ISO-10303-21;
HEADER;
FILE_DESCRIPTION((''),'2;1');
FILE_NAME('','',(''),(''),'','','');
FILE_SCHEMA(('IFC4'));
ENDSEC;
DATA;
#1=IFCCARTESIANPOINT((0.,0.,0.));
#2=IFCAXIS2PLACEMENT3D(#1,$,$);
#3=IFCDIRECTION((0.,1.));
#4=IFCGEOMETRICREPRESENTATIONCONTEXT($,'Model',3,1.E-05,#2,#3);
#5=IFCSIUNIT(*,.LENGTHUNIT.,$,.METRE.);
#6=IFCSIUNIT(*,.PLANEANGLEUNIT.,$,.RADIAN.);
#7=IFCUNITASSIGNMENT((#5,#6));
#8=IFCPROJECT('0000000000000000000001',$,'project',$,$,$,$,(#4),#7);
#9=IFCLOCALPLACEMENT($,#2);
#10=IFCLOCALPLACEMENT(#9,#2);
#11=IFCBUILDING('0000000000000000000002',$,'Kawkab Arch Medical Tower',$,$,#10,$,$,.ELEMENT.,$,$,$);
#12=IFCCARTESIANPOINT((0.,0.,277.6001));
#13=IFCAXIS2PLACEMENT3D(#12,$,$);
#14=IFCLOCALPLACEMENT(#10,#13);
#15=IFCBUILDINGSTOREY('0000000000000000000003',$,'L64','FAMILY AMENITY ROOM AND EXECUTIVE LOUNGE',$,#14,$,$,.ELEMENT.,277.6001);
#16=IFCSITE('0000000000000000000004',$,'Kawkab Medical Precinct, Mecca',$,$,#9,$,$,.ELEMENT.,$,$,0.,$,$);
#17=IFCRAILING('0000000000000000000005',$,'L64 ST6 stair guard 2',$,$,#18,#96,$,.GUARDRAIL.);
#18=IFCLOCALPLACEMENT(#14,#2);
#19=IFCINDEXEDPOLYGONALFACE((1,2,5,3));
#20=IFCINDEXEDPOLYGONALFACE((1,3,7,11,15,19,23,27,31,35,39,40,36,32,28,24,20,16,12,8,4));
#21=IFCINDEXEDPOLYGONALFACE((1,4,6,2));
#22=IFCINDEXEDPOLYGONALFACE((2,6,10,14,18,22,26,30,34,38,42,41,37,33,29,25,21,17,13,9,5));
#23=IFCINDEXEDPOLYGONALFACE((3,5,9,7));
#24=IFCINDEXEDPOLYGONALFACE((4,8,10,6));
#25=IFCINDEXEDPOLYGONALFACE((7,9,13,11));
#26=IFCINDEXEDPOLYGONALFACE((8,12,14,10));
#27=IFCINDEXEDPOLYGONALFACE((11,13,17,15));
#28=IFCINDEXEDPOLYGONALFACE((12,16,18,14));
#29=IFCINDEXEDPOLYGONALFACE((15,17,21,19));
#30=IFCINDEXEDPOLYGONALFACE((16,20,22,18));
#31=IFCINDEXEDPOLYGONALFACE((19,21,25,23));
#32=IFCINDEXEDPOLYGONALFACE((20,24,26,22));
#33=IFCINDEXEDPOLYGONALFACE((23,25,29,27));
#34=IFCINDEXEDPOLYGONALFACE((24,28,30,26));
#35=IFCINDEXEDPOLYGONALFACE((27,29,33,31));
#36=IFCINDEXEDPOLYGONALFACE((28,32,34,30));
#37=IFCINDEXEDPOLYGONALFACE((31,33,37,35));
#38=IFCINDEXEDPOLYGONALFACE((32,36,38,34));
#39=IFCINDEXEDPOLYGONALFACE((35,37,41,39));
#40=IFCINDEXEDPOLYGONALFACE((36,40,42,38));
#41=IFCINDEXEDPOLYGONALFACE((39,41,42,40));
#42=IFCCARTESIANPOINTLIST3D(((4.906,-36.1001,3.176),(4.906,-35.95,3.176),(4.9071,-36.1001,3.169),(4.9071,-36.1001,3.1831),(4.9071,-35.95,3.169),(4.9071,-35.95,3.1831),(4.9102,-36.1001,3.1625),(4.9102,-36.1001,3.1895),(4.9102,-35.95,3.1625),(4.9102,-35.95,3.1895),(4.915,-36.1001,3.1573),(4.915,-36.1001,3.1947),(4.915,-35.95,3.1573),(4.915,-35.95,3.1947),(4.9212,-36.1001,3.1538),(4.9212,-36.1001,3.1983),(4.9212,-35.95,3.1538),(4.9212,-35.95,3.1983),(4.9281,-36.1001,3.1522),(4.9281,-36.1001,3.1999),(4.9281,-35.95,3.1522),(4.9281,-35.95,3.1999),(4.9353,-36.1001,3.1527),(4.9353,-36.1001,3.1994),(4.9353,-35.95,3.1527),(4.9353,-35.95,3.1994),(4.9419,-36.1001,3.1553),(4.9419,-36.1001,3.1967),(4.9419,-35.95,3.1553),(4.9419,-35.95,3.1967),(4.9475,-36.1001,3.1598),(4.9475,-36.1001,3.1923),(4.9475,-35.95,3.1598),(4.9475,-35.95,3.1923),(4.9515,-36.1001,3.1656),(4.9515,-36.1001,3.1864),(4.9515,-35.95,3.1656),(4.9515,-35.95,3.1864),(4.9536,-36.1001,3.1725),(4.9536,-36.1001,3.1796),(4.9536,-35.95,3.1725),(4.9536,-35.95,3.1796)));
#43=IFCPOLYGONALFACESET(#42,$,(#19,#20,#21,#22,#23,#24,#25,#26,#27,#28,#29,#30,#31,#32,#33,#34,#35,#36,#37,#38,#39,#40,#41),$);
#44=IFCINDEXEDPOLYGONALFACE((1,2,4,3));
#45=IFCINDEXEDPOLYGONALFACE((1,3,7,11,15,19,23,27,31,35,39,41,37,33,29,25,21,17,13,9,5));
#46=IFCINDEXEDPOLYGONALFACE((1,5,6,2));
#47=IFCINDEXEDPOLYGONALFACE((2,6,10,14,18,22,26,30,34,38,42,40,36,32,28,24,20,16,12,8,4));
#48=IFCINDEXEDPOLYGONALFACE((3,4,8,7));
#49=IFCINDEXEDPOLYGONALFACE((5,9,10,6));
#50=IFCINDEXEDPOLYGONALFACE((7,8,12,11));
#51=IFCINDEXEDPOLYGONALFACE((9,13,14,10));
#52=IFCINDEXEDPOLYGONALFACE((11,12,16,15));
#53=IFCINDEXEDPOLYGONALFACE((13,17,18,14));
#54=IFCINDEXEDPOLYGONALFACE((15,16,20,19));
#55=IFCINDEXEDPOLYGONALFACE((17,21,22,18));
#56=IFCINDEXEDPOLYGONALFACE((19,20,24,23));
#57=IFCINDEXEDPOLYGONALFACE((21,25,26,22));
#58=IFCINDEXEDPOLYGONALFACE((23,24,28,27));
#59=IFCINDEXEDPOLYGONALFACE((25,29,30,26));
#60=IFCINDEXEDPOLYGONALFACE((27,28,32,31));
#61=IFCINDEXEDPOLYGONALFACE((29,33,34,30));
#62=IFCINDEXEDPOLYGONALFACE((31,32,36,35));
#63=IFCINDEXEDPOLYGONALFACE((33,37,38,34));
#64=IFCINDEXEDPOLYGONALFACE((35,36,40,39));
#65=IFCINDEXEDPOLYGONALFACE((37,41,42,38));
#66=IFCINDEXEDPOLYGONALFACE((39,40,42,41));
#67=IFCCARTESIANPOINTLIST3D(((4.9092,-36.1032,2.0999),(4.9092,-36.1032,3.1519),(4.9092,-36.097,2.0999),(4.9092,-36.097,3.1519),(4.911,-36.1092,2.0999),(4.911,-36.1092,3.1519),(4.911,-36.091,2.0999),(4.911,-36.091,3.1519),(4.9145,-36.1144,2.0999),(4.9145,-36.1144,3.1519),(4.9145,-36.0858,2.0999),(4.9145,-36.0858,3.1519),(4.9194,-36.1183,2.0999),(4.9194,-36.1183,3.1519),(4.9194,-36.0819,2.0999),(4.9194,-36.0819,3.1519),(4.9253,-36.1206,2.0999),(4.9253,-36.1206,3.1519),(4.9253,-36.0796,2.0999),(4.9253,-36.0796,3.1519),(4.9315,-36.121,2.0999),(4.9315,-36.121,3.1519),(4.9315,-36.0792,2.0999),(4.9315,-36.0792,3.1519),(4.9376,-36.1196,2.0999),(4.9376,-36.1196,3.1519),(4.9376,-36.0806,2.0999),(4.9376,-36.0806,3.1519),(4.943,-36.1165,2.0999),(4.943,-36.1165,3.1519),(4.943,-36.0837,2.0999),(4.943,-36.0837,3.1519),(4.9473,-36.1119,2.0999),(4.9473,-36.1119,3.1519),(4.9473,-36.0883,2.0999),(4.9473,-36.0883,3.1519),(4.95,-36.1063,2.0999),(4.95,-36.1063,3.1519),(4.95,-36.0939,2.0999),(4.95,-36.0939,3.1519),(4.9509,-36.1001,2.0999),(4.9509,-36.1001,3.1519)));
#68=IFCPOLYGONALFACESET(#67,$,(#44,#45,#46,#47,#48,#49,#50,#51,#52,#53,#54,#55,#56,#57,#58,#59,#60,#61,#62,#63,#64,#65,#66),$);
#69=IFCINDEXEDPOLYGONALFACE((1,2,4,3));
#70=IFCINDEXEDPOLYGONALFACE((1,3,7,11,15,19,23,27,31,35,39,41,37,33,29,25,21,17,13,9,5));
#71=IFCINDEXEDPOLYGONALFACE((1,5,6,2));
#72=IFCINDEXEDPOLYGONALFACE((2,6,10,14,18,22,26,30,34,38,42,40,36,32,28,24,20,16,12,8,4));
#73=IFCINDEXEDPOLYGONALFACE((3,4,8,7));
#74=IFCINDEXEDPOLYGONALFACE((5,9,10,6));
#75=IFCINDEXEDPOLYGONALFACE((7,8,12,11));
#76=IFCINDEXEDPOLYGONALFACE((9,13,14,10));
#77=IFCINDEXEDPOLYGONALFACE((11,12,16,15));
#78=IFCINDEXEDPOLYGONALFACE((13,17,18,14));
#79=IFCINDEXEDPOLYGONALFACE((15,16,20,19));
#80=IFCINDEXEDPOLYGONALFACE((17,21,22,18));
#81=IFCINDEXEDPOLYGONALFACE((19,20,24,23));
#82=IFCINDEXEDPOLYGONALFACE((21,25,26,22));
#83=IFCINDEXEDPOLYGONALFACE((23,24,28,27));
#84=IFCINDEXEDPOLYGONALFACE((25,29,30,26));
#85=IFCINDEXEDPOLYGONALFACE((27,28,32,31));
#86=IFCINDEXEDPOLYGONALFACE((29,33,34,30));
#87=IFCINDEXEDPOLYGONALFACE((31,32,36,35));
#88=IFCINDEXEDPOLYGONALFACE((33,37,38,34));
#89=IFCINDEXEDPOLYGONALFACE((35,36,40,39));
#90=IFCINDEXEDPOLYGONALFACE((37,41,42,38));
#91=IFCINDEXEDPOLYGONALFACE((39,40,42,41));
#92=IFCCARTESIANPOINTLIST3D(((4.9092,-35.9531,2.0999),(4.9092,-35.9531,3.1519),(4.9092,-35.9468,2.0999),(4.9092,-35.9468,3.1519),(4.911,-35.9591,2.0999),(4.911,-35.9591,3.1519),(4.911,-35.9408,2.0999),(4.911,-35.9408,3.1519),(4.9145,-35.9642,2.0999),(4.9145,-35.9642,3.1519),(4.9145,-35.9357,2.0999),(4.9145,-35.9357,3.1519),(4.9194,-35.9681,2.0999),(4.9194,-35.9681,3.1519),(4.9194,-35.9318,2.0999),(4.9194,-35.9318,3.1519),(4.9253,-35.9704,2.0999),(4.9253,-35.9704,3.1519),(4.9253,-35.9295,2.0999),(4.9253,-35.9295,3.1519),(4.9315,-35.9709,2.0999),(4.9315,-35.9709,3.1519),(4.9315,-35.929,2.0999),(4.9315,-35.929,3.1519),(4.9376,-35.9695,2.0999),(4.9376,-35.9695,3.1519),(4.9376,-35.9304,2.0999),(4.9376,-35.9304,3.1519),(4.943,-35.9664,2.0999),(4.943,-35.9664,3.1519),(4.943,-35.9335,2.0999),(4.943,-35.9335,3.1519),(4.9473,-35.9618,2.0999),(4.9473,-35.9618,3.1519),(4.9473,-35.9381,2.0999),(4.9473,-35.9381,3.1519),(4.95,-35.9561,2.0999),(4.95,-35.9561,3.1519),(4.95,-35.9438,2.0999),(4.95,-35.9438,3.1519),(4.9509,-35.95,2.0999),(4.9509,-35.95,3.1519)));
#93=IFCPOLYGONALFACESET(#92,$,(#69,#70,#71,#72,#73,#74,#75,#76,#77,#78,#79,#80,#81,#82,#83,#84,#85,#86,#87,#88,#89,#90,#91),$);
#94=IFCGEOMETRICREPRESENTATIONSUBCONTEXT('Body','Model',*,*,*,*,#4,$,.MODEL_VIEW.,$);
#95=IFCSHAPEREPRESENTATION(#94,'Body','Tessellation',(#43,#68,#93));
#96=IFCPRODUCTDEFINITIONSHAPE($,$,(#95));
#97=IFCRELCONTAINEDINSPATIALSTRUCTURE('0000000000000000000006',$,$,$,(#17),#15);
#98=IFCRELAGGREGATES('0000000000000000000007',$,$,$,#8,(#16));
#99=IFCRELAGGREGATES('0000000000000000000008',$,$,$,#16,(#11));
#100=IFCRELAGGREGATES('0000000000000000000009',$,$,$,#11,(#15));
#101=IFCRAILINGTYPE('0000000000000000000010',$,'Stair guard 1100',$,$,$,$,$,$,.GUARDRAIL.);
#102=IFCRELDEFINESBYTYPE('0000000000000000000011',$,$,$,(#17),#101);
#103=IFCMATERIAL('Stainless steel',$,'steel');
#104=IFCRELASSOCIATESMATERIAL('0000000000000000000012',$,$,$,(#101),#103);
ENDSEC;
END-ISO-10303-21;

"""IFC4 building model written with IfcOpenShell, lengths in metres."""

from ifc_helpers import new_model, si_unit, direction, frame, origin, origin_2d, place, context, subcontext, project, spatial, circle, extrude, material, type_object, element, save


model = new_model("IFC4")

# Units and contexts
model_context = context("Model", 3, precision=1e-05, world=origin(), true_north=direction((0.0, 1.0)))
body_context = subcontext(model_context, "Body", "Model", "MODEL_VIEW")
ifc_project = project(units=[si_unit("LENGTHUNIT", "METRE"), si_unit("PLANEANGLEUNIT", "RADIAN")], contexts=[model_context])

# Site, building, storey
site_placement = place(None, origin())
site = spatial("IfcSite", under=ifc_project, at=site_placement, Name="Kawkab Medical Precinct, Mecca", CompositionType="ELEMENT", RefElevation=0.0)
building_placement = place(site_placement, origin())
building = spatial("IfcBuilding", under=site, at=building_placement, Name="Kawkab Arch Medical Tower", CompositionType="ELEMENT")
storey_placement = place(building_placement, frame((0.0, 0.0, 277.6001)))
storey = spatial("IfcBuildingStorey", under=building, at=storey_placement, Name="L64", Description="FAMILY AMENITY ROOM AND EXECUTIVE LOUNGE", CompositionType="ELEMENT", Elevation=277.6001)

# Railing
ifc_material_1 = material(Name="Stainless steel", Category="steel")
railing_type = type_object("IfcRailingType", Name="Stair guard 1100", PredefinedType="GUARDRAIL", material=ifc_material_1)
railing_placement = place(storey_placement, frame((4.9299, -36.1001, 2.0999)))
element("IfcRailing", 1, at=railing_placement, inside=storey, type_object=railing_type, Name="L64 ST6 stair guard 2", PredefinedType="GUARDRAIL", context=body_context, shape_type="SweptSolid", body=[
    extrude(circle(Radius=0.0239, at=origin_2d()), frame((0.0, 0.0, 1.0762), z_axis=(0.0, 1.0, 0.0), x_axis=(-1.0, 0.0, 0.0)), (0.0, 0.0, 1.0), 0.1501),
    extrude(circle(Radius=0.021, at=origin_2d()), origin(), (0.0, 0.0, 1.0), 1.052),
    extrude(circle(Radius=0.021, at=origin_2d()), frame((0.0, 0.1501, 0.0)), (0.0, 0.0, 1.0), 1.052),
])

save(model, "model.ifc")
